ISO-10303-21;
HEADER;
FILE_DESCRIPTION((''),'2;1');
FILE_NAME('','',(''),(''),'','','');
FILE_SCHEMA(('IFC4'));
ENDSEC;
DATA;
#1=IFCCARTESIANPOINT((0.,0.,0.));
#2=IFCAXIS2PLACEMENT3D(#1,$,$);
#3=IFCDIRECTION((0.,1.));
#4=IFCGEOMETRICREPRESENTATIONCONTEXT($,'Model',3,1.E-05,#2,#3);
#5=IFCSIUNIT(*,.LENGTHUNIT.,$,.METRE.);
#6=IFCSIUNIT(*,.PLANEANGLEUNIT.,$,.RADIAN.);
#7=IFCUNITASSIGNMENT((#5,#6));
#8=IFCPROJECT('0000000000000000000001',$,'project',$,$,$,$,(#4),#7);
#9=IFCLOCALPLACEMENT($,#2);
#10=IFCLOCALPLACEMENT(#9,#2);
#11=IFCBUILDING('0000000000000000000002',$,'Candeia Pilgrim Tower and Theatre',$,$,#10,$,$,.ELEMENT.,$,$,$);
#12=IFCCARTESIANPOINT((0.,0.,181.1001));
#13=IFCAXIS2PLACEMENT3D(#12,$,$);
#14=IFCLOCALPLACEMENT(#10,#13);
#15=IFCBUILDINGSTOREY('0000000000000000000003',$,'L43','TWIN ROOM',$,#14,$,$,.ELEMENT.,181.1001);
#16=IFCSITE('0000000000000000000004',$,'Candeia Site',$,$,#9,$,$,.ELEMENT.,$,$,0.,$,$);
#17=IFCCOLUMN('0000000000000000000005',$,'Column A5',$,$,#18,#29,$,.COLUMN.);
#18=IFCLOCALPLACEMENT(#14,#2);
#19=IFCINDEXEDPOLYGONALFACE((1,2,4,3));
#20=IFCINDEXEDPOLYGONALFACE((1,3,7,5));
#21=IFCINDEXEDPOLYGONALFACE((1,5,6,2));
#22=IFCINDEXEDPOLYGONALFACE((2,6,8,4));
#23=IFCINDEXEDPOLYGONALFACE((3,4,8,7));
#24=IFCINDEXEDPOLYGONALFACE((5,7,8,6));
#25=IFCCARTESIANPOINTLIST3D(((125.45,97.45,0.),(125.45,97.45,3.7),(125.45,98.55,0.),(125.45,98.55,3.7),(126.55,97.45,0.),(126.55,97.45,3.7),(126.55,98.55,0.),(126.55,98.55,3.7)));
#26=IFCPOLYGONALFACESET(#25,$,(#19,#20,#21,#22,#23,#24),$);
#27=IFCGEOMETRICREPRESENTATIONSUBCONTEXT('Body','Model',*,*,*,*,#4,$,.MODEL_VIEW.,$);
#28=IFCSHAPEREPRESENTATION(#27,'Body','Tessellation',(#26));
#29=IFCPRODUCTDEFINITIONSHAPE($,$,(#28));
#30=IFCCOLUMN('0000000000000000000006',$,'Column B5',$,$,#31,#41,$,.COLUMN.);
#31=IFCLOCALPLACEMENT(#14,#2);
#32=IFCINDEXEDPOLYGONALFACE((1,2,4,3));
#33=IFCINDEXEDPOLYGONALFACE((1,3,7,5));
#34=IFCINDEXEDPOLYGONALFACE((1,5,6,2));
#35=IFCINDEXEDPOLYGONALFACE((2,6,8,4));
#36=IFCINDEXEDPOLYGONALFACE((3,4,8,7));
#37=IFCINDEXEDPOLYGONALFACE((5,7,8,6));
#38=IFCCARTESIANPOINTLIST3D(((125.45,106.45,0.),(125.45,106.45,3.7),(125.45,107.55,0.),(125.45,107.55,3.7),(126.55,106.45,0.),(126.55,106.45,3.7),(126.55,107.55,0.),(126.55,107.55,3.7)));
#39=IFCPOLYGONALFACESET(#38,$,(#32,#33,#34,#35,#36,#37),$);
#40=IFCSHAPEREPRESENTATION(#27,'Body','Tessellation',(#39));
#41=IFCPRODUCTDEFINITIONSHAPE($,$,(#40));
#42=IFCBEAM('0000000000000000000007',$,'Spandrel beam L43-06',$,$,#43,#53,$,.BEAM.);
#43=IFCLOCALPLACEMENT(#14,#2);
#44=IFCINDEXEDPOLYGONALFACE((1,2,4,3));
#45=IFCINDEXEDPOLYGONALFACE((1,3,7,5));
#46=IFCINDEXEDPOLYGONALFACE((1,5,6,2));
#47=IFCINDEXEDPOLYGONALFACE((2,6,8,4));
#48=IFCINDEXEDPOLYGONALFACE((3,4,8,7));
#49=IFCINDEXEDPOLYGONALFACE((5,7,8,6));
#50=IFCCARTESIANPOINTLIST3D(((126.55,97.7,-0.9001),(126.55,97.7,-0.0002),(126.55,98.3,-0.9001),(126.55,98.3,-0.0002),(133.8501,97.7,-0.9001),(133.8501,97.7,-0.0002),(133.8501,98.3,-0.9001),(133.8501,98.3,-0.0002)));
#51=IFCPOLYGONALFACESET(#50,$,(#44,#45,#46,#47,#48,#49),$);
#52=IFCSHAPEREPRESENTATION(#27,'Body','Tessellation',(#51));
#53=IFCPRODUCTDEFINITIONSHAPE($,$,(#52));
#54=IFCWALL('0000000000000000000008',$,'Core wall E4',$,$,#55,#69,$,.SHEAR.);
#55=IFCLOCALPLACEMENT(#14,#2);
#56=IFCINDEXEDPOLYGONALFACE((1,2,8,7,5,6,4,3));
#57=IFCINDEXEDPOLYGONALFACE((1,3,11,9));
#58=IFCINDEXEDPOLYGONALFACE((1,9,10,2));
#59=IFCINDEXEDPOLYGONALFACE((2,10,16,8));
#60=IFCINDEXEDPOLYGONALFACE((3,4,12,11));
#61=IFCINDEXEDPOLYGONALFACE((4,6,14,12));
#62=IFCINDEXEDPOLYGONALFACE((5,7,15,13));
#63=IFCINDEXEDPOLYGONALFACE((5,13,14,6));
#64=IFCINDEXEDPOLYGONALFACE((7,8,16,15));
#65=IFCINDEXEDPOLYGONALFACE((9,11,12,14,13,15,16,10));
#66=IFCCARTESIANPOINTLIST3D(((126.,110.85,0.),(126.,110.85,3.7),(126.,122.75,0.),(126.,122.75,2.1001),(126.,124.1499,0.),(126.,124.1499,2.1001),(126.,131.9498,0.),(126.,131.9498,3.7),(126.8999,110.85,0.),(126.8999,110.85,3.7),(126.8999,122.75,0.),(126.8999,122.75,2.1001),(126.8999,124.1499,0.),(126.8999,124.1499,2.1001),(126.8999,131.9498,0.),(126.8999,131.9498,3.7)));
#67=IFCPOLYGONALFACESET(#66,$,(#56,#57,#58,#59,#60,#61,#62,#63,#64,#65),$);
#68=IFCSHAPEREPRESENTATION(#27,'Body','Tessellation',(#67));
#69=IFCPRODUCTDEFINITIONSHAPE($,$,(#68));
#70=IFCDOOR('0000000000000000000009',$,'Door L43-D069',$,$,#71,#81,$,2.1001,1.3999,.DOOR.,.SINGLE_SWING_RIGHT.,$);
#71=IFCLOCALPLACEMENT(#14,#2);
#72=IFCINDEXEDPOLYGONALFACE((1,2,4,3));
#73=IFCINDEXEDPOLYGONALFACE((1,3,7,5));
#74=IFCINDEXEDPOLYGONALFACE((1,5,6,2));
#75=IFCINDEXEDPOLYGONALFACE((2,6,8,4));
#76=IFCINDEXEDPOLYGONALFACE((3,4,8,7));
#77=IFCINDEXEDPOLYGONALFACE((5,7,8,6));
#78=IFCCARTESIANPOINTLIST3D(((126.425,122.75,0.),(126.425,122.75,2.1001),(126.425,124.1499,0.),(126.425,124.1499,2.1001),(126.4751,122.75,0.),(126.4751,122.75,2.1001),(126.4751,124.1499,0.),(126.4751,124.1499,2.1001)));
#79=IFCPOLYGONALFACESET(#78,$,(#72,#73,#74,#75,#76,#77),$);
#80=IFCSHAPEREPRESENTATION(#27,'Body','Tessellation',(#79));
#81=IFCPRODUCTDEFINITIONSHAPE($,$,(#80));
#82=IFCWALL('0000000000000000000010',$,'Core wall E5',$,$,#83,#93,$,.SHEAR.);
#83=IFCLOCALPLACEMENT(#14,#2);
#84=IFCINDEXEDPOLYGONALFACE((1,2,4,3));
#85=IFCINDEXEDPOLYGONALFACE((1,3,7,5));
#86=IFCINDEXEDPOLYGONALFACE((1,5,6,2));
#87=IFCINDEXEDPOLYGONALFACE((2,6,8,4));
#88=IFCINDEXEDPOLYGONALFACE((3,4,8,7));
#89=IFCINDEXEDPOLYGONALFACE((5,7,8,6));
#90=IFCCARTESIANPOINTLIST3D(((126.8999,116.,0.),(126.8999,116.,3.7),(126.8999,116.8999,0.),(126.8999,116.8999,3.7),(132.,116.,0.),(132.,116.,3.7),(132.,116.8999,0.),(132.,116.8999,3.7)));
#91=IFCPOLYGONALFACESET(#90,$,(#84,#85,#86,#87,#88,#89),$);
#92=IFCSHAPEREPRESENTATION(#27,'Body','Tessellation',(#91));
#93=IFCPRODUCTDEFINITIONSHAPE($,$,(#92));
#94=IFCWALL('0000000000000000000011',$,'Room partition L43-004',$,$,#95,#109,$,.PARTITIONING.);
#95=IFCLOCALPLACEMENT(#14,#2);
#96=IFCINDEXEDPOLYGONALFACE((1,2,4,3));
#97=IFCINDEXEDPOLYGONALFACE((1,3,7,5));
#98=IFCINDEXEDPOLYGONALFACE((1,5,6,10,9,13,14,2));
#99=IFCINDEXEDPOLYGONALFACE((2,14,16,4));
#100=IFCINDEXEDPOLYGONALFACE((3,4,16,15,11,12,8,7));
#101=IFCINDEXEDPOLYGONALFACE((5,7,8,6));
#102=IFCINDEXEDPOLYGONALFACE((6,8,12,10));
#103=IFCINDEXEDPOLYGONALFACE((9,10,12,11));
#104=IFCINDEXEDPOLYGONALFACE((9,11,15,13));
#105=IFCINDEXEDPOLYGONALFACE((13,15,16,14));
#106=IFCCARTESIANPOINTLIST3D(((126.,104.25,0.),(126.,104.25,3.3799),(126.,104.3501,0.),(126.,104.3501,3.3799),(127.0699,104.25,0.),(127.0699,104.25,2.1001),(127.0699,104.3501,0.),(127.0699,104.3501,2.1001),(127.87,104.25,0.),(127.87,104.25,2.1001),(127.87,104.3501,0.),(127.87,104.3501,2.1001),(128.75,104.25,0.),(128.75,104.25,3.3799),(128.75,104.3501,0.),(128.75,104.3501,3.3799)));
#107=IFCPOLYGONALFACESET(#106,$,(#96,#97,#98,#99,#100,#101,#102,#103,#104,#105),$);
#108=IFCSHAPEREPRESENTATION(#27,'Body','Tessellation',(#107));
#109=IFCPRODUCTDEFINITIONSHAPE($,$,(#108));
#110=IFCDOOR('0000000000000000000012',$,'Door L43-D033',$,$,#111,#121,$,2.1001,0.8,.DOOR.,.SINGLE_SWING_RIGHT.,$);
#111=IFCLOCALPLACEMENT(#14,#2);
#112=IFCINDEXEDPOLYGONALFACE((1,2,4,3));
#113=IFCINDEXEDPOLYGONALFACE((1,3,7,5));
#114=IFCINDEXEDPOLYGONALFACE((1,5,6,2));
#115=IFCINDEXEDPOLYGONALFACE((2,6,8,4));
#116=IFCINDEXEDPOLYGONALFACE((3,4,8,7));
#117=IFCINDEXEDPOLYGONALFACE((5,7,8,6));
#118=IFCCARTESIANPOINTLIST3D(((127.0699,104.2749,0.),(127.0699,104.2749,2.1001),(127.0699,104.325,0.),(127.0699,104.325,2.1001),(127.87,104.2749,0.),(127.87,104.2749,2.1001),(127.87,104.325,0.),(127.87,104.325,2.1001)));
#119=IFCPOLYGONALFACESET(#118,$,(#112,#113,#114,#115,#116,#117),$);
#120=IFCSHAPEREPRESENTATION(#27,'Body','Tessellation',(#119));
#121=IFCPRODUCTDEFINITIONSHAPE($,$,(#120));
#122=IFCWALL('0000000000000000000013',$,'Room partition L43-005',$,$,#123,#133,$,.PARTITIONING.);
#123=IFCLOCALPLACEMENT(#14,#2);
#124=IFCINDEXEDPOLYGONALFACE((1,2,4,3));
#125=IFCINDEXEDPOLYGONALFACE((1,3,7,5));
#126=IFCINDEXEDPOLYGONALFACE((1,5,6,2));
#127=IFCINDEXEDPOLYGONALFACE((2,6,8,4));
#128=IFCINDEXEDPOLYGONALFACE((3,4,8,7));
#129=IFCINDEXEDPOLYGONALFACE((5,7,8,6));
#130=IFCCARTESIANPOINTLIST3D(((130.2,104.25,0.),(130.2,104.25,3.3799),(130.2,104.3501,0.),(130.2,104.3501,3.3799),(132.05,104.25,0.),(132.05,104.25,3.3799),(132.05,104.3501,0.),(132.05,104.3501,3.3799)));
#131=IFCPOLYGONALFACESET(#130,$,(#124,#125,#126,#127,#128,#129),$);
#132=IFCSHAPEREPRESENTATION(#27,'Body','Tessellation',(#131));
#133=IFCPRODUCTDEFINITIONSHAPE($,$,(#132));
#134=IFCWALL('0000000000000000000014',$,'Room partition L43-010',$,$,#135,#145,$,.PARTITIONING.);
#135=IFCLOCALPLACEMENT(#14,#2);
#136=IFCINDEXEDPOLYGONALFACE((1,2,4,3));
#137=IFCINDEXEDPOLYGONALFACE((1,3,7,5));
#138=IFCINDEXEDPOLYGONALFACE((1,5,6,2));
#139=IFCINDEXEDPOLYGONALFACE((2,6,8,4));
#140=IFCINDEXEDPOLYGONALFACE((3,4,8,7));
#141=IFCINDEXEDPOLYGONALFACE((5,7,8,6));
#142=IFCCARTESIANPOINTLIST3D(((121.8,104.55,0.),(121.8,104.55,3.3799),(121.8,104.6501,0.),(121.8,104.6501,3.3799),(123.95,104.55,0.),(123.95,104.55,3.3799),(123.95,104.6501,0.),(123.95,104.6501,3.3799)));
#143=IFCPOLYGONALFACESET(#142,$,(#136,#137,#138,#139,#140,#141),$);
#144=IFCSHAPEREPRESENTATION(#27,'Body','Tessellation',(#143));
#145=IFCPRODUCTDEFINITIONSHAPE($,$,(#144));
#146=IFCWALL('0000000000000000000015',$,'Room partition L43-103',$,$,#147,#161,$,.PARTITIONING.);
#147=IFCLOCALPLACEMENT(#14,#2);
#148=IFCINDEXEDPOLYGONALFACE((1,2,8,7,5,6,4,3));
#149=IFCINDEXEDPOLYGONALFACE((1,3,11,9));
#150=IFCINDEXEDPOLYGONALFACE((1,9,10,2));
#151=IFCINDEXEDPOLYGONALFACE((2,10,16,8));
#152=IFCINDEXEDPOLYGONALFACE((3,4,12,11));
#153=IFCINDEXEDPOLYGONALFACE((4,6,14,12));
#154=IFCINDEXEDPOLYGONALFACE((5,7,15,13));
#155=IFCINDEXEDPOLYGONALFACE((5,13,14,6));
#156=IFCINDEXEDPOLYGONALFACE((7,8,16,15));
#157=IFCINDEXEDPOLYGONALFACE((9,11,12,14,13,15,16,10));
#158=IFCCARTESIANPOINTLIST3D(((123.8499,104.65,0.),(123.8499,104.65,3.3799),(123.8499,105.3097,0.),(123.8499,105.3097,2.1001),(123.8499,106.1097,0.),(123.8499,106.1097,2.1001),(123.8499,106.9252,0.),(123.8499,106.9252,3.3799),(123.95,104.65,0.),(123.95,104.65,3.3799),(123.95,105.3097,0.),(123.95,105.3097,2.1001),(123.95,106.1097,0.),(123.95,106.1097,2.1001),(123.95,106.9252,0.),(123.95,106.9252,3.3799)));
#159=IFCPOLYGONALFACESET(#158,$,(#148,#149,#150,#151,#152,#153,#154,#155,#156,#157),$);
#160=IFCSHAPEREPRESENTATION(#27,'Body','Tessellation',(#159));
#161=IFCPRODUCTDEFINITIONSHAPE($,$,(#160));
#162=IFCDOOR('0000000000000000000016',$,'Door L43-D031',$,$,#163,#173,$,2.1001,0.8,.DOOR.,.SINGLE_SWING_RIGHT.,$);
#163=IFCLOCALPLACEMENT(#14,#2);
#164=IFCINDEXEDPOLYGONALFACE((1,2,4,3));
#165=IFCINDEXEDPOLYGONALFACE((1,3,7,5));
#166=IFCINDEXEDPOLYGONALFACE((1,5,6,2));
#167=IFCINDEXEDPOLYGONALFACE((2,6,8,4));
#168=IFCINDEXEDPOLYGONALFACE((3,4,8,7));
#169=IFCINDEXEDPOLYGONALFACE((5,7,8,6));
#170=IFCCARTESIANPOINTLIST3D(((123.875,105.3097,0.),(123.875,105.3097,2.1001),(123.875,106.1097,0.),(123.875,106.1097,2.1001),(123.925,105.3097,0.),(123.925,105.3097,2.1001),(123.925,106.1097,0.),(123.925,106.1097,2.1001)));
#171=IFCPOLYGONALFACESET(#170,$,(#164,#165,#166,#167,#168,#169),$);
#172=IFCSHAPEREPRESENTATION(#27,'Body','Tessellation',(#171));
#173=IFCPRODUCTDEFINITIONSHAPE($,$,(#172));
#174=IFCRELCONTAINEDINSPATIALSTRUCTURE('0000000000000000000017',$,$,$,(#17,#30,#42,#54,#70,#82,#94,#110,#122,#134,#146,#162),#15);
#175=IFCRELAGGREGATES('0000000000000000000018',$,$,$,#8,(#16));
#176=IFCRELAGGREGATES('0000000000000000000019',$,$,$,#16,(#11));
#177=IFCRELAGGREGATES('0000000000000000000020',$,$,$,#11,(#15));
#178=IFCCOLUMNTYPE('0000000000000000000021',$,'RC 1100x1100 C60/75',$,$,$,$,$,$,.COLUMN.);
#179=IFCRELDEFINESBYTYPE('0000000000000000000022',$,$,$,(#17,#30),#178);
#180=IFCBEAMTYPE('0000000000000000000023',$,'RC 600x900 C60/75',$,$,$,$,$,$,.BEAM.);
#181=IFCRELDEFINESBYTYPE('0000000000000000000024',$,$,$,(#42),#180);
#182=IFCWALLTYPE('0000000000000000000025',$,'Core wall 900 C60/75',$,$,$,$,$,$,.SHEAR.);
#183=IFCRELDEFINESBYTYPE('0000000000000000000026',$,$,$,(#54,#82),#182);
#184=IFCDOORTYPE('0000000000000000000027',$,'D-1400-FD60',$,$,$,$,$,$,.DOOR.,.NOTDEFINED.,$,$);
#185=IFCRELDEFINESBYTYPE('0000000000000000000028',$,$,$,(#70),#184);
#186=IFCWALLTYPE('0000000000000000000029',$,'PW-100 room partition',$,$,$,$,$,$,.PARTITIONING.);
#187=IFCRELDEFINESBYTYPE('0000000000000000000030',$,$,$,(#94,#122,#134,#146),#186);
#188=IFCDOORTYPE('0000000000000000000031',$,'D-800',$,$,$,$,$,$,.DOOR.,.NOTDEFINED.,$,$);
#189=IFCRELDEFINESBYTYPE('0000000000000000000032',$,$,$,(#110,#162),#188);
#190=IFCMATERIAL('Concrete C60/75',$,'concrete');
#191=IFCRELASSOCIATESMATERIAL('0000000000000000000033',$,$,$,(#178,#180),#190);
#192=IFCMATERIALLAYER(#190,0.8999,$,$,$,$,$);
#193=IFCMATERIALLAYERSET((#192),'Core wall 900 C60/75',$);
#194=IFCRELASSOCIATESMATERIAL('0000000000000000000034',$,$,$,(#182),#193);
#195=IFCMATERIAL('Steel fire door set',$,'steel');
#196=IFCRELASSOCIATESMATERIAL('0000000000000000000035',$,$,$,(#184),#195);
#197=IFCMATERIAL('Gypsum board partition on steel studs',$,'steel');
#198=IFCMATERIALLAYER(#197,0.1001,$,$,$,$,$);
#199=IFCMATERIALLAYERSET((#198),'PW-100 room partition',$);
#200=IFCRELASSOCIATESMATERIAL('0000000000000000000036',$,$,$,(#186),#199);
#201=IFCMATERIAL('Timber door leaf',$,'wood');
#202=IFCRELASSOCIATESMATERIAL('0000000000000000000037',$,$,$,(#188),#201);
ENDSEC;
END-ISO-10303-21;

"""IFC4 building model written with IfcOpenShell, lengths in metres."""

from ifc_helpers import new_model, si_unit, direction, frame, frame_2d, origin, origin_2d, place, context, subcontext, project, spatial, rectangle, extrude, material, layer, layer_set, material_profile, profile_set, type_object, element, fill, save


model = new_model("IFC4")

# Units and contexts
model_context = context("Model", 3, precision=1e-05, world=origin(), true_north=direction((0.0, 1.0)))
body_context = subcontext(model_context, "Body", "Model", "MODEL_VIEW")
ifc_project = project(units=[si_unit("LENGTHUNIT", "METRE"), si_unit("PLANEANGLEUNIT", "RADIAN")], contexts=[model_context])

# Site, building, storey
site_placement = place(None, origin())
site = spatial("IfcSite", under=ifc_project, at=site_placement, Name="Candeia Site", CompositionType="ELEMENT", RefElevation=0.0)
building_placement = place(site_placement, origin())
building = spatial("IfcBuilding", under=site, at=building_placement, Name="Candeia Pilgrim Tower and Theatre", CompositionType="ELEMENT")
storey_placement = place(building_placement, frame((0.0, 0.0, 181.1001)))
storey = spatial("IfcBuildingStorey", under=building, at=storey_placement, Name="L43", Description="TWIN ROOM", CompositionType="ELEMENT", Elevation=181.1001)

# Columns
ifc_material_1 = material(Name="Concrete C60/75", Category="concrete")
ifc_material_profile_1 = material_profile(ifc_material_1, rectangle(XDim=1.1001, YDim=1.1001, at=origin_2d()))
ifc_profile_set_1 = profile_set([ifc_material_profile_1], Name="Concrete C60/75")
column_type = type_object("IfcColumnType", Name="RC 1100x1100 C60/75", PredefinedType="COLUMN", material=ifc_profile_set_1)
for number, where, z_axis, x_axis, name in (
    (1, (126.0, 98.0, 0.0), (0.0, 0.0, 1.0), (1.0, 0.0, 0.0), "Column A5"),
    (2, (126.0, 107.0, 0.0), (0.0, 0.0, 1.0), (1.0, 0.0, 0.0), "Column B5"),
):
    element("IfcColumn", number, at=place(storey_placement, frame(where, z_axis=z_axis, x_axis=x_axis)), inside=storey, type_object=column_type, Name=name, PredefinedType="COLUMN", context=body_context, shape_type="SweptSolid", body=[
        extrude(rectangle(XDim=1.1001, YDim=1.1001, at=origin_2d()), origin(), (0.0, 0.0, 1.0), 3.7),
    ])

# Beam
ifc_material_profile_2 = material_profile(ifc_material_1, rectangle(XDim=0.6001, YDim=0.8999, at=origin_2d()))
ifc_profile_set_2 = profile_set([ifc_material_profile_2], Name="Concrete C60/75")
beam_type = type_object("IfcBeamType", Name="RC 600x900 C60/75", PredefinedType="BEAM", material=ifc_profile_set_2)
beam_placement = place(storey_placement, frame((126.55, 98.0, -0.4502), z_axis=(1.0, 0.0, 0.0), x_axis=(0.0, 1.0, 0.0)))
element("IfcBeam", 3, at=beam_placement, inside=storey, type_object=beam_type, Name="Spandrel beam L43-06", PredefinedType="BEAM", context=body_context, shape_type="SweptSolid", body=[
    extrude(rectangle(XDim=0.6001, YDim=0.8999, at=origin_2d()), origin(), (0.0, 0.0, 1.0), 7.3),
])

# Wall, opening, door
ifc_layer_1 = layer(ifc_material_1, 0.8999)
ifc_layer_set_1 = layer_set([ifc_layer_1], Name="Core wall 900 C60/75")
wall_type_1 = type_object("IfcWallType", Name="Core wall 900 C60/75", PredefinedType="SHEAR", material=ifc_layer_set_1)
wall_1_placement = place(storey_placement, frame((126.45, 110.8501, 0.0), z_axis=(0.0, 0.0, 1.0), x_axis=(0.0, 1.0, 0.0)))
wall_1 = element("IfcWall", 4, at=wall_1_placement, inside=storey, type_object=wall_type_1, Name="Core wall E4", PredefinedType="SHEAR", context=body_context, shape_type="SweptSolid", body=[
    extrude(rectangle(XDim=21.0999, YDim=0.8999, at=frame_2d((10.5498, 0.0))), origin(), (0.0, 0.0, 1.0), 3.7),
])
opening_1_placement = place(wall_1_placement, frame((11.8999, 0.0, 0.0)))
opening_1 = element("IfcOpeningElement", 5, at=opening_1_placement, cuts=wall_1, PredefinedType="OPENING", context=body_context, shape_type="SweptSolid", body=[
    extrude(rectangle(XDim=1.3999, YDim=2.1001, at=frame_2d((0.7, 1.05))), frame((0.0, 0.46, 0.0), z_axis=(0.0, -1.0, 0.0), x_axis=(1.0, 0.0, 0.0)), (0.0, 0.0, 1.0), 0.9199),
])
ifc_material_2 = material(Name="Steel fire door set", Category="steel")
door_type_1 = type_object("IfcDoorType", Name="D-1400-FD60", OperationType="NOTDEFINED", PredefinedType="DOOR", material=ifc_material_2)
door_1_placement = place(opening_1_placement, origin())
door_1 = element("IfcDoor", 6, at=door_1_placement, inside=storey, type_object=door_type_1, Name="Door L43-D069", OperationType="SINGLE_SWING_RIGHT", OverallHeight=2.1001, OverallWidth=1.3999, PredefinedType="DOOR", context=body_context, shape_type="SweptSolid", body=[
    extrude(rectangle(XDim=1.3999, YDim=2.1001, at=frame_2d((0.7, 1.05))), frame((0.0, 0.0249, 0.0), z_axis=(0.0, -1.0, 0.0), x_axis=(1.0, 0.0, 0.0)), (0.0, 0.0, 1.0), 0.05),
])
fill(opening_1, door_1)

# Wall
wall_2_placement = place(storey_placement, frame((126.8999, 116.45, 0.0), z_axis=(0.0, 0.0, 1.0), x_axis=(1.0, 0.0, 0.0)))
element("IfcWall", 7, at=wall_2_placement, inside=storey, type_object=wall_type_1, Name="Core wall E5", PredefinedType="SHEAR", context=body_context, shape_type="SweptSolid", body=[
    extrude(rectangle(XDim=5.1001, YDim=0.8999, at=frame_2d((2.55, 0.0))), origin(), (0.0, 0.0, 1.0), 3.7),
])

# Wall, opening, door
ifc_material_3 = material(Name="Gypsum board partition on steel studs", Category="steel")
ifc_layer_2 = layer(ifc_material_3, 0.1001)
ifc_layer_set_2 = layer_set([ifc_layer_2], Name="PW-100 room partition")
wall_type_2 = type_object("IfcWallType", Name="PW-100 room partition", PredefinedType="PARTITIONING", material=ifc_layer_set_2)
wall_3_placement = place(storey_placement, frame((126.0, 104.3, 0.0), z_axis=(0.0, 0.0, 1.0), x_axis=(1.0, 0.0, 0.0)))
wall_3 = element("IfcWall", 8, at=wall_3_placement, inside=storey, type_object=wall_type_2, Name="Room partition L43-004", PredefinedType="PARTITIONING", context=body_context, shape_type="SweptSolid", body=[
    extrude(rectangle(XDim=2.75, YDim=0.1001, at=frame_2d((1.375, 0.0))), origin(), (0.0, 0.0, 1.0), 3.3799),
])
opening_2_placement = place(wall_3_placement, frame((1.0701, 0.0, 0.0)))
opening_2 = element("IfcOpeningElement", 9, at=opening_2_placement, cuts=wall_3, PredefinedType="OPENING", context=body_context, shape_type="SweptSolid", body=[
    extrude(rectangle(XDim=0.8, YDim=2.1001, at=frame_2d((0.3999, 1.05))), frame((0.0, 0.0601, 0.0), z_axis=(0.0, -1.0, 0.0), x_axis=(1.0, 0.0, 0.0)), (0.0, 0.0, 1.0), 0.1201),
])
ifc_material_4 = material(Name="Timber door leaf", Category="wood")
door_type_2 = type_object("IfcDoorType", Name="D-800", OperationType="NOTDEFINED", PredefinedType="DOOR", material=ifc_material_4)
door_2_placement = place(opening_2_placement, origin())
door_2 = element("IfcDoor", 10, at=door_2_placement, inside=storey, type_object=door_type_2, Name="Door L43-D033", OperationType="SINGLE_SWING_RIGHT", OverallHeight=2.1001, OverallWidth=0.8, PredefinedType="DOOR", context=body_context, shape_type="SweptSolid", body=[
    extrude(rectangle(XDim=0.8, YDim=2.1001, at=frame_2d((0.3999, 1.05))), frame((0.0, 0.0249, 0.0), z_axis=(0.0, -1.0, 0.0), x_axis=(1.0, 0.0, 0.0)), (0.0, 0.0, 1.0), 0.05),
])
fill(opening_2, door_2)

# Walls
wall_4_placement = place(storey_placement, frame((130.2, 104.3, 0.0), z_axis=(0.0, 0.0, 1.0), x_axis=(1.0, 0.0, 0.0)))
element("IfcWall", 11, at=wall_4_placement, inside=storey, type_object=wall_type_2, Name="Room partition L43-005", PredefinedType="PARTITIONING", context=body_context, shape_type="SweptSolid", body=[
    extrude(rectangle(XDim=1.8501, YDim=0.1001, at=frame_2d((0.925, 0.0))), origin(), (0.0, 0.0, 1.0), 3.3799),
])
wall_5_placement = place(storey_placement, frame((121.8, 104.6001, 0.0), z_axis=(0.0, 0.0, 1.0), x_axis=(1.0, 0.0, 0.0)))
element("IfcWall", 12, at=wall_5_placement, inside=storey, type_object=wall_type_2, Name="Room partition L43-010", PredefinedType="PARTITIONING", context=body_context, shape_type="SweptSolid", body=[
    extrude(rectangle(XDim=2.1499, YDim=0.1001, at=frame_2d((1.075, 0.0))), origin(), (0.0, 0.0, 1.0), 3.3799),
])

# Wall, opening, door
wall_6_placement = place(storey_placement, frame((123.8999, 104.6499, 0.0), z_axis=(0.0, 0.0, 1.0), x_axis=(0.0, 1.0, 0.0)))
wall_6 = element("IfcWall", 13, at=wall_6_placement, inside=storey, type_object=wall_type_2, Name="Room partition L43-103", PredefinedType="PARTITIONING", context=body_context, shape_type="SweptSolid", body=[
    extrude(rectangle(XDim=2.2751, YDim=0.1001, at=frame_2d((1.1377, 0.0))), origin(), (0.0, 0.0, 1.0), 3.3799),
])
opening_3_placement = place(wall_6_placement, frame((0.6599, 0.0, 0.0)))
opening_3 = element("IfcOpeningElement", 14, at=opening_3_placement, cuts=wall_6, PredefinedType="OPENING", context=body_context, shape_type="SweptSolid", body=[
    extrude(rectangle(XDim=0.8, YDim=2.1001, at=frame_2d((0.3999, 1.05))), frame((0.0, 0.0601, 0.0), z_axis=(0.0, -1.0, 0.0), x_axis=(1.0, 0.0, 0.0)), (0.0, 0.0, 1.0), 0.1201),
])
door_3_placement = place(opening_3_placement, origin())
door_3 = element("IfcDoor", 15, at=door_3_placement, inside=storey, type_object=door_type_2, Name="Door L43-D031", OperationType="SINGLE_SWING_RIGHT", OverallHeight=2.1001, OverallWidth=0.8, PredefinedType="DOOR", context=body_context, shape_type="SweptSolid", body=[
    extrude(rectangle(XDim=0.8, YDim=2.1001, at=frame_2d((0.3999, 1.05))), frame((0.0, 0.0249, 0.0), z_axis=(0.0, -1.0, 0.0), x_axis=(1.0, 0.0, 0.0)), (0.0, 0.0, 1.0), 0.05),
])
fill(opening_3, door_3)

save(model, "model.ifc")
